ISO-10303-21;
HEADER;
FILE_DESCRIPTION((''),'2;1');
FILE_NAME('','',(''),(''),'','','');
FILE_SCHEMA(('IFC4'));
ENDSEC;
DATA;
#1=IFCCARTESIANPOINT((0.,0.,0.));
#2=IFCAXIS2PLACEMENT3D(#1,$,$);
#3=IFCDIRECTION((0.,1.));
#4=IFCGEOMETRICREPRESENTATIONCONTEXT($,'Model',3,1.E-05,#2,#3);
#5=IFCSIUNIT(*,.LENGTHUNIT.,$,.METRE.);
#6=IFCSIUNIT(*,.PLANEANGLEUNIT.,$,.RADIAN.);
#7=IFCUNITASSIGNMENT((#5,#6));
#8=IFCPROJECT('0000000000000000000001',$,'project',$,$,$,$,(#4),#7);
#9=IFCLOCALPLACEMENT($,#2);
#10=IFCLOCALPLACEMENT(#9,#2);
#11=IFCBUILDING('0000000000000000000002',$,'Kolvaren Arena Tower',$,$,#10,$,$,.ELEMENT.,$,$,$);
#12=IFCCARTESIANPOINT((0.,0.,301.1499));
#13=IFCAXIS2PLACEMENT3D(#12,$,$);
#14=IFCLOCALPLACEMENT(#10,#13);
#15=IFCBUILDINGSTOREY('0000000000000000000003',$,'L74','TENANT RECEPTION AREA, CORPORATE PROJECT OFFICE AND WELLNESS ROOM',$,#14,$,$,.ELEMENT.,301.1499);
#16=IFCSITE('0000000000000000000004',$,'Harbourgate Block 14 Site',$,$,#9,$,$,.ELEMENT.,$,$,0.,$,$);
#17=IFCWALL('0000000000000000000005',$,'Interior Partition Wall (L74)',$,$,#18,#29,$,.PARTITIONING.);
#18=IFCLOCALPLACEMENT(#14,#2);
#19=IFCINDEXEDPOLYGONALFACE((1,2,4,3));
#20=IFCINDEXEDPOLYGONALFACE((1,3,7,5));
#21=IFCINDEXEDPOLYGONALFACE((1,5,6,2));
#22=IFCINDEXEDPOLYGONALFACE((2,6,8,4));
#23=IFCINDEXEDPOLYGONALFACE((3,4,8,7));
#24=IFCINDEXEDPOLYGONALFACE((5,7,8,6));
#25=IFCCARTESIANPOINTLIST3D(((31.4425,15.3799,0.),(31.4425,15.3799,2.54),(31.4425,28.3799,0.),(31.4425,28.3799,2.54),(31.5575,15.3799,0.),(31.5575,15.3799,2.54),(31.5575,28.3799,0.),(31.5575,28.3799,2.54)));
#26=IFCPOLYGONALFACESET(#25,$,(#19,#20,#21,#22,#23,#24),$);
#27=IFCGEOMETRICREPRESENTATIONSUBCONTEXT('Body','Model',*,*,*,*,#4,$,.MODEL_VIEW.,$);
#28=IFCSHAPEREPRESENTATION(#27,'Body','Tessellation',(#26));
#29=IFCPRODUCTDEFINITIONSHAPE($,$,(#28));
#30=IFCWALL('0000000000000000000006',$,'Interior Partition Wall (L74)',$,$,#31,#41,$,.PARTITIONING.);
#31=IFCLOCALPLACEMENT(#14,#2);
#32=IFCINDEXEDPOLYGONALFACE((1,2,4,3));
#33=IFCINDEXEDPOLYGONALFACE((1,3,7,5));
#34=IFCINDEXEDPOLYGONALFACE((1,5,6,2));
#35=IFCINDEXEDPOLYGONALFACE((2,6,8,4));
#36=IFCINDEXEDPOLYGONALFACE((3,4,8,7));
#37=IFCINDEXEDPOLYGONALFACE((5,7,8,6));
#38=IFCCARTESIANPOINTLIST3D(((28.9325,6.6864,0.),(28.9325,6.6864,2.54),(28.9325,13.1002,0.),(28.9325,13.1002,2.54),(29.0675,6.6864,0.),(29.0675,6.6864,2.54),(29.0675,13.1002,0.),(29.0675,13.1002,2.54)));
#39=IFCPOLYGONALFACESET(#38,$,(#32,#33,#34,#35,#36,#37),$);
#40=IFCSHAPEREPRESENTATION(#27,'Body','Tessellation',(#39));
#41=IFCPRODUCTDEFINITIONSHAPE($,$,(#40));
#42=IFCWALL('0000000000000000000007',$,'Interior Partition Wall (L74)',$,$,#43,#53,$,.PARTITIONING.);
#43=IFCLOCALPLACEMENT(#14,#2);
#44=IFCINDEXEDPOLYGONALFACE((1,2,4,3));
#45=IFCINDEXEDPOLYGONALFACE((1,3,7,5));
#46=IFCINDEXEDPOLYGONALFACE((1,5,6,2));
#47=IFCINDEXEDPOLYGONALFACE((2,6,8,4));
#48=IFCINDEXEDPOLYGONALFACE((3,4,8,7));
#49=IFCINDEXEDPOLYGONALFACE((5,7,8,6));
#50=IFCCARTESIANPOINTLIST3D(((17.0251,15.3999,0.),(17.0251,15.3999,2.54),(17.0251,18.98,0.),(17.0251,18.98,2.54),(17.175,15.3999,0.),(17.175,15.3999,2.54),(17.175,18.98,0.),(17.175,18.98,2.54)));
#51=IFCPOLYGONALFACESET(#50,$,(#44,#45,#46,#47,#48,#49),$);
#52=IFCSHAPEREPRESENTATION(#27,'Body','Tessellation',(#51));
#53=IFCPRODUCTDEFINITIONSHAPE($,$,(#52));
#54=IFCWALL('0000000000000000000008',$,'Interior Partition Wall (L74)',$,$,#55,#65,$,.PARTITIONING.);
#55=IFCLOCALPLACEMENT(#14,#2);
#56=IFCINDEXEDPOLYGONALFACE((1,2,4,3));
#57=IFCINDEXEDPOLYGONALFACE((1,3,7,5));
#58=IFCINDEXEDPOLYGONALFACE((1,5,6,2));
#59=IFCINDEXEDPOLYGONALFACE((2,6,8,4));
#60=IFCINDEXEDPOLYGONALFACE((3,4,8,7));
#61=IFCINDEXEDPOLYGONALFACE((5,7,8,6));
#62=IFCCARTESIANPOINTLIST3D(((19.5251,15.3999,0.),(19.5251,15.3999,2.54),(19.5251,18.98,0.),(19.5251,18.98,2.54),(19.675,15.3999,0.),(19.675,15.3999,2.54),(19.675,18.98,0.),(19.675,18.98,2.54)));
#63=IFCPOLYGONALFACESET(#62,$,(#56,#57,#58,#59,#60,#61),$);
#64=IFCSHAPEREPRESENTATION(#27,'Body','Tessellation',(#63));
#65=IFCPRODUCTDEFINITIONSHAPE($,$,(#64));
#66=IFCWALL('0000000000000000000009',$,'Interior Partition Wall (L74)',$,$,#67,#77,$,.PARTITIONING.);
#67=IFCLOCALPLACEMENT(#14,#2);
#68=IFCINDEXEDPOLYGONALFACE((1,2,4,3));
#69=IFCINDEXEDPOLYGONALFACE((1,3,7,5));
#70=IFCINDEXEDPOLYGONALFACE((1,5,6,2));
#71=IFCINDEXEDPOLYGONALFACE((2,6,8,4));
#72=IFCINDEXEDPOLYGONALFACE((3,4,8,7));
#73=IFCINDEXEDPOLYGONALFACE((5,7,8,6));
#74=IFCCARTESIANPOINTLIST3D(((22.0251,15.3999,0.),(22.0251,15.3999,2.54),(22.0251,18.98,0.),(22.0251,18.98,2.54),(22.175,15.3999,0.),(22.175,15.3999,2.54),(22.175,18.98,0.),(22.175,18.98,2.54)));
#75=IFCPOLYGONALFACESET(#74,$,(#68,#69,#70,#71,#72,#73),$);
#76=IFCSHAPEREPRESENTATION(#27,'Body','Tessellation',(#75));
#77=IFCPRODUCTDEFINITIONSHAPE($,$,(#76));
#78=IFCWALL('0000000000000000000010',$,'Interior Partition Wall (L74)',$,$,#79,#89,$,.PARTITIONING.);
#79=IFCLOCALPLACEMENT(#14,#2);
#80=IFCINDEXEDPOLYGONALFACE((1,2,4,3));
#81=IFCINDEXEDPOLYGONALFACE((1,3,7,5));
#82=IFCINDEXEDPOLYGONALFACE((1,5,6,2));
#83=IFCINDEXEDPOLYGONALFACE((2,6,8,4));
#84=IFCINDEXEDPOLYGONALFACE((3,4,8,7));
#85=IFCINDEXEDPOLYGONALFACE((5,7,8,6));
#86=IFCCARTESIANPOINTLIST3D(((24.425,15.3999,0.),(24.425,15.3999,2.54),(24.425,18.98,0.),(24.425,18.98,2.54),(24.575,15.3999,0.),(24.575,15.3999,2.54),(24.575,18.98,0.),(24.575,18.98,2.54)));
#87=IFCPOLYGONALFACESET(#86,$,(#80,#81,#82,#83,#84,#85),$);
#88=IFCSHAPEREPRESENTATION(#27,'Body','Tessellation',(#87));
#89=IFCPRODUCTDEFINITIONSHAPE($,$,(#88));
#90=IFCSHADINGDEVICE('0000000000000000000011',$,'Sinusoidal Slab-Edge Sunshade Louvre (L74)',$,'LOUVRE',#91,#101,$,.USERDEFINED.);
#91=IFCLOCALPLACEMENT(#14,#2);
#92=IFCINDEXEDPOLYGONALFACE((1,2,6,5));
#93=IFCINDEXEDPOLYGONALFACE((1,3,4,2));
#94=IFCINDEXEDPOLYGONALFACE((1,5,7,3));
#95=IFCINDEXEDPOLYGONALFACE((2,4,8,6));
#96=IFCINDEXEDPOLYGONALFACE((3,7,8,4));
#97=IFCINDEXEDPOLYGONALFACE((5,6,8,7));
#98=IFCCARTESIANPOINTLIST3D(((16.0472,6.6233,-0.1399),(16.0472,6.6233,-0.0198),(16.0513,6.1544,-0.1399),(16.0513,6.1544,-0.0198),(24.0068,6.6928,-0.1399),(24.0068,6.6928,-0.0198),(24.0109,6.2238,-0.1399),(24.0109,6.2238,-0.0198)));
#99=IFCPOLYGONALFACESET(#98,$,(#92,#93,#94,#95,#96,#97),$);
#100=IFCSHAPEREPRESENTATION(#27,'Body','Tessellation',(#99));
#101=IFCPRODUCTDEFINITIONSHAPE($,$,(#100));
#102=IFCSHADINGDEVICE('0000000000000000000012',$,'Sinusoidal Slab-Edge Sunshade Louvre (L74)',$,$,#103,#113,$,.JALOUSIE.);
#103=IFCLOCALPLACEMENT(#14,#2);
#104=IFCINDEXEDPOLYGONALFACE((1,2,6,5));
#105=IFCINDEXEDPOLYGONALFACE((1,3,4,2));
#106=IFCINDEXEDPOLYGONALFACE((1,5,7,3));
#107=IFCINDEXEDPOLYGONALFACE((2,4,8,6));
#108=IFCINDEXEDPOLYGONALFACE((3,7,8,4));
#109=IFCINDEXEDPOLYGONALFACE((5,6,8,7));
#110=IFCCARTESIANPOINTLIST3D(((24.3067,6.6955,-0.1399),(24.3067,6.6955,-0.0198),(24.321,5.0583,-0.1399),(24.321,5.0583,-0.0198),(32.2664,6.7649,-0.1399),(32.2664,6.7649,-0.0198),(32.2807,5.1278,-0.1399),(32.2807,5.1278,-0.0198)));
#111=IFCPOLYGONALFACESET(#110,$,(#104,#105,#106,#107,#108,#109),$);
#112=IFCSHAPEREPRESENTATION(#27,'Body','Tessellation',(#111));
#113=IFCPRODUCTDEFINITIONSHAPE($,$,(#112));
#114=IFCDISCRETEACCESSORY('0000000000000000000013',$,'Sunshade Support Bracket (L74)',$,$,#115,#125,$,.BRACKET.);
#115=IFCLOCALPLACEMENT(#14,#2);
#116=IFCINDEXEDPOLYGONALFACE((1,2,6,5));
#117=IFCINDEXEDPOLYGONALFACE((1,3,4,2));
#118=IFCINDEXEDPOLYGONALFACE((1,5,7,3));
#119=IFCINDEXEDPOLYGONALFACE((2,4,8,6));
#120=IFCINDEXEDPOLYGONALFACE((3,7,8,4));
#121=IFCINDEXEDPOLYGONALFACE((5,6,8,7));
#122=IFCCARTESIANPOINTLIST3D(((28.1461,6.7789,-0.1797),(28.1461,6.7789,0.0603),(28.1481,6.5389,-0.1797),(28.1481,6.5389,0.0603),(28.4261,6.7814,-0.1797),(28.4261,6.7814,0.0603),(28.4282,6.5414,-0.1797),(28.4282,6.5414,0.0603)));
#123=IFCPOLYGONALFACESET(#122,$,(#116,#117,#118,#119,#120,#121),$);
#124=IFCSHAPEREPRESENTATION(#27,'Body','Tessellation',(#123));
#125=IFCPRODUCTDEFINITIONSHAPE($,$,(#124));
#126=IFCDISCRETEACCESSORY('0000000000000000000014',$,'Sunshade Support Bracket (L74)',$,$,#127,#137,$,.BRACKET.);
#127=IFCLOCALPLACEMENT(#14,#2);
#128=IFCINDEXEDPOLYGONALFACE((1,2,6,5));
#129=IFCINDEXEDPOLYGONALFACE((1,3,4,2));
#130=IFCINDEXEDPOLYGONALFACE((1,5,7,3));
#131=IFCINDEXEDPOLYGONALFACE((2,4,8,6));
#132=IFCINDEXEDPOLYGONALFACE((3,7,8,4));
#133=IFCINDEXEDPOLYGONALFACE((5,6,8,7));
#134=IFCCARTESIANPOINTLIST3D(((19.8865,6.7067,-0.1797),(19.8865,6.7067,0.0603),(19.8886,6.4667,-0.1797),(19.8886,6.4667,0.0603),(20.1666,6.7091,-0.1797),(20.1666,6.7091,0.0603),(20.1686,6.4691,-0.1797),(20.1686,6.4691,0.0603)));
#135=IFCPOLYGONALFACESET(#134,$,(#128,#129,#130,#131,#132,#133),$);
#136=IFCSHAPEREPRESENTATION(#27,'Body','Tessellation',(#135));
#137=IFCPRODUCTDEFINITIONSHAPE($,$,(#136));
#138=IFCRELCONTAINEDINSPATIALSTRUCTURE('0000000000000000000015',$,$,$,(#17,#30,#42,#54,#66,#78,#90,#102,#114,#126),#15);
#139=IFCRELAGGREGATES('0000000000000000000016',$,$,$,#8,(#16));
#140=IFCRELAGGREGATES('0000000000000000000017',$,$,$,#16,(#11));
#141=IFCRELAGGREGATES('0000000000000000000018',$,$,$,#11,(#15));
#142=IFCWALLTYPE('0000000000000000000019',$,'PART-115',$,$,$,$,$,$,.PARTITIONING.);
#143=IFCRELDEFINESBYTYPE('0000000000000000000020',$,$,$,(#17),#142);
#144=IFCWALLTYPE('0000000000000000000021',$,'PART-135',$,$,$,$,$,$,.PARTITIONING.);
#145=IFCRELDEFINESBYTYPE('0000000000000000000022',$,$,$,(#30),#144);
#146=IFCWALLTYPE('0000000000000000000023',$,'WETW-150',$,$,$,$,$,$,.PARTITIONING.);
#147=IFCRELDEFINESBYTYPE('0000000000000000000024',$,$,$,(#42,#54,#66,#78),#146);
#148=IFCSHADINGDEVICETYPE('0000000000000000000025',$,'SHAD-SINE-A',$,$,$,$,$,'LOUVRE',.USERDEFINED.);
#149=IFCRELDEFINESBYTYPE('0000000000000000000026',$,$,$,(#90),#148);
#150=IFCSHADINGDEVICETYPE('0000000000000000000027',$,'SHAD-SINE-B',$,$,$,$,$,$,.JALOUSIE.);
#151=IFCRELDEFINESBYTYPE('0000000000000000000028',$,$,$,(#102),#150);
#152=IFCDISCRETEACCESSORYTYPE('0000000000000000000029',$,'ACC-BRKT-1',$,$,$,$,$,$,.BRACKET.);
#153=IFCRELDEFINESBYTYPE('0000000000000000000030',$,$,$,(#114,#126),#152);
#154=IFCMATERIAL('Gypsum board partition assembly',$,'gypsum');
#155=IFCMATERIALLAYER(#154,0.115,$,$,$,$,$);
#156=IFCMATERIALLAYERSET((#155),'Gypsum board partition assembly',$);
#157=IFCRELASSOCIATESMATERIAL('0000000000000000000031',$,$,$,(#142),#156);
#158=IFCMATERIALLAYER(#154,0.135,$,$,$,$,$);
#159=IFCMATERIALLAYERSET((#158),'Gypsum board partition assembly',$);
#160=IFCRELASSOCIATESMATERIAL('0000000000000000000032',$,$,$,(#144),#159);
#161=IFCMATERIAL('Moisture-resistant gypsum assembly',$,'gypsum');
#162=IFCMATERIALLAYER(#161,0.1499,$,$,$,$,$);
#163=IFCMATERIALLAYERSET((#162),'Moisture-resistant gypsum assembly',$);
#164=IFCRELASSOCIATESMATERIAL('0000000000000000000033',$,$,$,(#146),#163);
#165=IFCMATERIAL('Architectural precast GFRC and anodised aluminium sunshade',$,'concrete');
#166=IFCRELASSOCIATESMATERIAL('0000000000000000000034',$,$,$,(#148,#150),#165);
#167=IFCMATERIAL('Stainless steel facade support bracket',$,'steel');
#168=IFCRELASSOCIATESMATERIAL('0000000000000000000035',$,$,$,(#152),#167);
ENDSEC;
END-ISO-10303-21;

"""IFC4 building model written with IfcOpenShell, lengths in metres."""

from ifc_helpers import new_model, si_unit, direction, frame, frame_2d, origin, origin_2d, place, context, subcontext, project, spatial, rectangle, extrude, material, layer, layer_set, type_object, element, save


model = new_model("IFC4")

# Units and contexts
model_context = context("Model", 3, precision=1e-05, world=origin(), true_north=direction((0.0, 1.0)))
body_context = subcontext(model_context, "Body", "Model", "MODEL_VIEW")
ifc_project = project(units=[si_unit("LENGTHUNIT", "METRE"), si_unit("PLANEANGLEUNIT", "RADIAN")], contexts=[model_context])

# Site, building, storey
site_placement = place(None, origin())
site = spatial("IfcSite", under=ifc_project, at=site_placement, Name="Harbourgate Block 14 Site", CompositionType="ELEMENT", RefElevation=0.0)
building_placement = place(site_placement, origin())
building = spatial("IfcBuilding", under=site, at=building_placement, Name="Kolvaren Arena Tower", CompositionType="ELEMENT")
storey_placement = place(building_placement, frame((0.0, 0.0, 301.1499)))
storey = spatial("IfcBuildingStorey", under=building, at=storey_placement, Name="L74", Description="TENANT RECEPTION AREA, CORPORATE PROJECT OFFICE AND WELLNESS ROOM", CompositionType="ELEMENT", Elevation=301.1499)

# Walls
ifc_material_1 = material(Name="Gypsum board partition assembly", Category="gypsum")
ifc_layer_1 = layer(ifc_material_1, 0.115)
ifc_layer_set_1 = layer_set([ifc_layer_1], Name="Gypsum board partition assembly")
wall_type_1 = type_object("IfcWallType", Name="PART-115", PredefinedType="PARTITIONING", material=ifc_layer_set_1)
wall_1_placement = place(storey_placement, frame((31.5, 15.3799, 0.0), z_axis=(0.0, 0.0, 1.0), x_axis=(0.0, 1.0, 0.0)))
element("IfcWall", 1, at=wall_1_placement, inside=storey, type_object=wall_type_1, Name="Interior Partition Wall (L74)", PredefinedType="PARTITIONING", context=body_context, shape_type="SweptSolid", body=[
    extrude(rectangle(XDim=13.0, YDim=0.115, at=frame_2d((6.5, 0.0))), origin(), (0.0, 0.0, 1.0), 2.54),
])
ifc_layer_2 = layer(ifc_material_1, 0.135)
ifc_layer_set_2 = layer_set([ifc_layer_2], Name="Gypsum board partition assembly")
wall_type_2 = type_object("IfcWallType", Name="PART-135", PredefinedType="PARTITIONING", material=ifc_layer_set_2)
wall_2_placement = place(storey_placement, frame((29.0, 6.6863, 0.0), z_axis=(0.0, 0.0, 1.0), x_axis=(0.0, 1.0, 0.0)))
element("IfcWall", 2, at=wall_2_placement, inside=storey, type_object=wall_type_2, Name="Interior Partition Wall (L74)", PredefinedType="PARTITIONING", context=body_context, shape_type="SweptSolid", body=[
    extrude(rectangle(XDim=6.4138, YDim=0.135, at=frame_2d((3.207, 0.0))), origin(), (0.0, 0.0, 1.0), 2.54),
])
ifc_material_2 = material(Name="Moisture-resistant gypsum assembly", Category="gypsum")
ifc_layer_3 = layer(ifc_material_2, 0.1499)
ifc_layer_set_3 = layer_set([ifc_layer_3], Name="Moisture-resistant gypsum assembly")
wall_type_3 = type_object("IfcWallType", Name="WETW-150", PredefinedType="PARTITIONING", material=ifc_layer_set_3)
for number, where, z_axis, x_axis, name in (
    (3, (17.1001, 15.3999, 0.0), (0.0, 0.0, 1.0), (0.0, 1.0, 0.0), "Interior Partition Wall (L74)"),
    (4, (19.6001, 15.3999, 0.0), (0.0, 0.0, 1.0), (0.0, 1.0, 0.0), "Interior Partition Wall (L74)"),
    (5, (22.1001, 15.3999, 0.0), (0.0, 0.0, 1.0), (0.0, 1.0, 0.0), "Interior Partition Wall (L74)"),
    (6, (24.5, 15.3999, 0.0), (0.0, 0.0, 1.0), (0.0, 1.0, 0.0), "Interior Partition Wall (L74)"),
):
    element("IfcWall", number, at=place(storey_placement, frame(where, z_axis=z_axis, x_axis=x_axis)), inside=storey, type_object=wall_type_3, Name=name, PredefinedType="PARTITIONING", context=body_context, shape_type="SweptSolid", body=[
        extrude(rectangle(XDim=3.5801, YDim=0.1499, at=frame_2d((1.79, 0.0))), origin(), (0.0, 0.0, 1.0), 2.54),
    ])

# Shading devices
ifc_material_3 = material(Name="Architectural precast GFRC and anodised aluminium sunshade", Category="concrete")
shading_device_type_1 = type_object("IfcShadingDeviceType", Name="SHAD-SINE-A", ElementType="LOUVRE", PredefinedType="USERDEFINED", material=ifc_material_3)
shading_device_1_placement = place(storey_placement, frame((20.0291, 6.4236, -0.1399), z_axis=(0.0, 0.0, 1.0), x_axis=(-0.999962, -0.008727, 0.0)))
element("IfcShadingDevice", 7, at=shading_device_1_placement, inside=storey, type_object=shading_device_type_1, Name="Sinusoidal Slab-Edge Sunshade Louvre (L74)", ObjectType="LOUVRE", PredefinedType="USERDEFINED", context=body_context, shape_type="SweptSolid", body=[
    extrude(rectangle(XDim=7.96, YDim=0.469, at=origin_2d()), origin(), (0.0, 0.0, 1.0), 0.1201),
])
shading_device_type_2 = type_object("IfcShadingDeviceType", Name="SHAD-SINE-B", PredefinedType="JALOUSIE", material=ifc_material_3)
shading_device_2_placement = place(storey_placement, frame((28.2937, 5.9116, -0.1399), z_axis=(0.0, 0.0, 1.0), x_axis=(-0.999962, -0.008727, 0.0)))
element("IfcShadingDevice", 8, at=shading_device_2_placement, inside=storey, type_object=shading_device_type_2, Name="Sinusoidal Slab-Edge Sunshade Louvre (L74)", PredefinedType="JALOUSIE", context=body_context, shape_type="SweptSolid", body=[
    extrude(rectangle(XDim=7.96, YDim=1.6372, at=origin_2d()), origin(), (0.0, 0.0, 1.0), 0.1201),
])

# Discrete accessories
ifc_material_4 = material(Name="Stainless steel facade support bracket", Category="steel")
discrete_accessory_type = type_object("IfcDiscreteAccessoryType", Name="ACC-BRKT-1", PredefinedType="BRACKET", material=ifc_material_4)
for number, where, z_axis, x_axis, name in (
    (9, (28.2871, 6.6602, -0.1797), (0.0, 0.0, 1.0), (-0.999962, -0.008727, 0.0), "Sunshade Support Bracket (L74)"),
    (10, (20.0276, 6.5879, -0.1797), (0.0, 0.0, 1.0), (-0.999962, -0.008727, 0.0), "Sunshade Support Bracket (L74)"),
):
    element("IfcDiscreteAccessory", number, at=place(storey_placement, frame(where, z_axis=z_axis, x_axis=x_axis)), inside=storey, type_object=discrete_accessory_type, Name=name, PredefinedType="BRACKET", context=body_context, shape_type="SweptSolid", body=[
        extrude(rectangle(XDim=0.28, YDim=0.24, at=origin_2d()), origin(), (0.0, 0.0, 1.0), 0.24),
    ])

save(model, "model.ifc")
